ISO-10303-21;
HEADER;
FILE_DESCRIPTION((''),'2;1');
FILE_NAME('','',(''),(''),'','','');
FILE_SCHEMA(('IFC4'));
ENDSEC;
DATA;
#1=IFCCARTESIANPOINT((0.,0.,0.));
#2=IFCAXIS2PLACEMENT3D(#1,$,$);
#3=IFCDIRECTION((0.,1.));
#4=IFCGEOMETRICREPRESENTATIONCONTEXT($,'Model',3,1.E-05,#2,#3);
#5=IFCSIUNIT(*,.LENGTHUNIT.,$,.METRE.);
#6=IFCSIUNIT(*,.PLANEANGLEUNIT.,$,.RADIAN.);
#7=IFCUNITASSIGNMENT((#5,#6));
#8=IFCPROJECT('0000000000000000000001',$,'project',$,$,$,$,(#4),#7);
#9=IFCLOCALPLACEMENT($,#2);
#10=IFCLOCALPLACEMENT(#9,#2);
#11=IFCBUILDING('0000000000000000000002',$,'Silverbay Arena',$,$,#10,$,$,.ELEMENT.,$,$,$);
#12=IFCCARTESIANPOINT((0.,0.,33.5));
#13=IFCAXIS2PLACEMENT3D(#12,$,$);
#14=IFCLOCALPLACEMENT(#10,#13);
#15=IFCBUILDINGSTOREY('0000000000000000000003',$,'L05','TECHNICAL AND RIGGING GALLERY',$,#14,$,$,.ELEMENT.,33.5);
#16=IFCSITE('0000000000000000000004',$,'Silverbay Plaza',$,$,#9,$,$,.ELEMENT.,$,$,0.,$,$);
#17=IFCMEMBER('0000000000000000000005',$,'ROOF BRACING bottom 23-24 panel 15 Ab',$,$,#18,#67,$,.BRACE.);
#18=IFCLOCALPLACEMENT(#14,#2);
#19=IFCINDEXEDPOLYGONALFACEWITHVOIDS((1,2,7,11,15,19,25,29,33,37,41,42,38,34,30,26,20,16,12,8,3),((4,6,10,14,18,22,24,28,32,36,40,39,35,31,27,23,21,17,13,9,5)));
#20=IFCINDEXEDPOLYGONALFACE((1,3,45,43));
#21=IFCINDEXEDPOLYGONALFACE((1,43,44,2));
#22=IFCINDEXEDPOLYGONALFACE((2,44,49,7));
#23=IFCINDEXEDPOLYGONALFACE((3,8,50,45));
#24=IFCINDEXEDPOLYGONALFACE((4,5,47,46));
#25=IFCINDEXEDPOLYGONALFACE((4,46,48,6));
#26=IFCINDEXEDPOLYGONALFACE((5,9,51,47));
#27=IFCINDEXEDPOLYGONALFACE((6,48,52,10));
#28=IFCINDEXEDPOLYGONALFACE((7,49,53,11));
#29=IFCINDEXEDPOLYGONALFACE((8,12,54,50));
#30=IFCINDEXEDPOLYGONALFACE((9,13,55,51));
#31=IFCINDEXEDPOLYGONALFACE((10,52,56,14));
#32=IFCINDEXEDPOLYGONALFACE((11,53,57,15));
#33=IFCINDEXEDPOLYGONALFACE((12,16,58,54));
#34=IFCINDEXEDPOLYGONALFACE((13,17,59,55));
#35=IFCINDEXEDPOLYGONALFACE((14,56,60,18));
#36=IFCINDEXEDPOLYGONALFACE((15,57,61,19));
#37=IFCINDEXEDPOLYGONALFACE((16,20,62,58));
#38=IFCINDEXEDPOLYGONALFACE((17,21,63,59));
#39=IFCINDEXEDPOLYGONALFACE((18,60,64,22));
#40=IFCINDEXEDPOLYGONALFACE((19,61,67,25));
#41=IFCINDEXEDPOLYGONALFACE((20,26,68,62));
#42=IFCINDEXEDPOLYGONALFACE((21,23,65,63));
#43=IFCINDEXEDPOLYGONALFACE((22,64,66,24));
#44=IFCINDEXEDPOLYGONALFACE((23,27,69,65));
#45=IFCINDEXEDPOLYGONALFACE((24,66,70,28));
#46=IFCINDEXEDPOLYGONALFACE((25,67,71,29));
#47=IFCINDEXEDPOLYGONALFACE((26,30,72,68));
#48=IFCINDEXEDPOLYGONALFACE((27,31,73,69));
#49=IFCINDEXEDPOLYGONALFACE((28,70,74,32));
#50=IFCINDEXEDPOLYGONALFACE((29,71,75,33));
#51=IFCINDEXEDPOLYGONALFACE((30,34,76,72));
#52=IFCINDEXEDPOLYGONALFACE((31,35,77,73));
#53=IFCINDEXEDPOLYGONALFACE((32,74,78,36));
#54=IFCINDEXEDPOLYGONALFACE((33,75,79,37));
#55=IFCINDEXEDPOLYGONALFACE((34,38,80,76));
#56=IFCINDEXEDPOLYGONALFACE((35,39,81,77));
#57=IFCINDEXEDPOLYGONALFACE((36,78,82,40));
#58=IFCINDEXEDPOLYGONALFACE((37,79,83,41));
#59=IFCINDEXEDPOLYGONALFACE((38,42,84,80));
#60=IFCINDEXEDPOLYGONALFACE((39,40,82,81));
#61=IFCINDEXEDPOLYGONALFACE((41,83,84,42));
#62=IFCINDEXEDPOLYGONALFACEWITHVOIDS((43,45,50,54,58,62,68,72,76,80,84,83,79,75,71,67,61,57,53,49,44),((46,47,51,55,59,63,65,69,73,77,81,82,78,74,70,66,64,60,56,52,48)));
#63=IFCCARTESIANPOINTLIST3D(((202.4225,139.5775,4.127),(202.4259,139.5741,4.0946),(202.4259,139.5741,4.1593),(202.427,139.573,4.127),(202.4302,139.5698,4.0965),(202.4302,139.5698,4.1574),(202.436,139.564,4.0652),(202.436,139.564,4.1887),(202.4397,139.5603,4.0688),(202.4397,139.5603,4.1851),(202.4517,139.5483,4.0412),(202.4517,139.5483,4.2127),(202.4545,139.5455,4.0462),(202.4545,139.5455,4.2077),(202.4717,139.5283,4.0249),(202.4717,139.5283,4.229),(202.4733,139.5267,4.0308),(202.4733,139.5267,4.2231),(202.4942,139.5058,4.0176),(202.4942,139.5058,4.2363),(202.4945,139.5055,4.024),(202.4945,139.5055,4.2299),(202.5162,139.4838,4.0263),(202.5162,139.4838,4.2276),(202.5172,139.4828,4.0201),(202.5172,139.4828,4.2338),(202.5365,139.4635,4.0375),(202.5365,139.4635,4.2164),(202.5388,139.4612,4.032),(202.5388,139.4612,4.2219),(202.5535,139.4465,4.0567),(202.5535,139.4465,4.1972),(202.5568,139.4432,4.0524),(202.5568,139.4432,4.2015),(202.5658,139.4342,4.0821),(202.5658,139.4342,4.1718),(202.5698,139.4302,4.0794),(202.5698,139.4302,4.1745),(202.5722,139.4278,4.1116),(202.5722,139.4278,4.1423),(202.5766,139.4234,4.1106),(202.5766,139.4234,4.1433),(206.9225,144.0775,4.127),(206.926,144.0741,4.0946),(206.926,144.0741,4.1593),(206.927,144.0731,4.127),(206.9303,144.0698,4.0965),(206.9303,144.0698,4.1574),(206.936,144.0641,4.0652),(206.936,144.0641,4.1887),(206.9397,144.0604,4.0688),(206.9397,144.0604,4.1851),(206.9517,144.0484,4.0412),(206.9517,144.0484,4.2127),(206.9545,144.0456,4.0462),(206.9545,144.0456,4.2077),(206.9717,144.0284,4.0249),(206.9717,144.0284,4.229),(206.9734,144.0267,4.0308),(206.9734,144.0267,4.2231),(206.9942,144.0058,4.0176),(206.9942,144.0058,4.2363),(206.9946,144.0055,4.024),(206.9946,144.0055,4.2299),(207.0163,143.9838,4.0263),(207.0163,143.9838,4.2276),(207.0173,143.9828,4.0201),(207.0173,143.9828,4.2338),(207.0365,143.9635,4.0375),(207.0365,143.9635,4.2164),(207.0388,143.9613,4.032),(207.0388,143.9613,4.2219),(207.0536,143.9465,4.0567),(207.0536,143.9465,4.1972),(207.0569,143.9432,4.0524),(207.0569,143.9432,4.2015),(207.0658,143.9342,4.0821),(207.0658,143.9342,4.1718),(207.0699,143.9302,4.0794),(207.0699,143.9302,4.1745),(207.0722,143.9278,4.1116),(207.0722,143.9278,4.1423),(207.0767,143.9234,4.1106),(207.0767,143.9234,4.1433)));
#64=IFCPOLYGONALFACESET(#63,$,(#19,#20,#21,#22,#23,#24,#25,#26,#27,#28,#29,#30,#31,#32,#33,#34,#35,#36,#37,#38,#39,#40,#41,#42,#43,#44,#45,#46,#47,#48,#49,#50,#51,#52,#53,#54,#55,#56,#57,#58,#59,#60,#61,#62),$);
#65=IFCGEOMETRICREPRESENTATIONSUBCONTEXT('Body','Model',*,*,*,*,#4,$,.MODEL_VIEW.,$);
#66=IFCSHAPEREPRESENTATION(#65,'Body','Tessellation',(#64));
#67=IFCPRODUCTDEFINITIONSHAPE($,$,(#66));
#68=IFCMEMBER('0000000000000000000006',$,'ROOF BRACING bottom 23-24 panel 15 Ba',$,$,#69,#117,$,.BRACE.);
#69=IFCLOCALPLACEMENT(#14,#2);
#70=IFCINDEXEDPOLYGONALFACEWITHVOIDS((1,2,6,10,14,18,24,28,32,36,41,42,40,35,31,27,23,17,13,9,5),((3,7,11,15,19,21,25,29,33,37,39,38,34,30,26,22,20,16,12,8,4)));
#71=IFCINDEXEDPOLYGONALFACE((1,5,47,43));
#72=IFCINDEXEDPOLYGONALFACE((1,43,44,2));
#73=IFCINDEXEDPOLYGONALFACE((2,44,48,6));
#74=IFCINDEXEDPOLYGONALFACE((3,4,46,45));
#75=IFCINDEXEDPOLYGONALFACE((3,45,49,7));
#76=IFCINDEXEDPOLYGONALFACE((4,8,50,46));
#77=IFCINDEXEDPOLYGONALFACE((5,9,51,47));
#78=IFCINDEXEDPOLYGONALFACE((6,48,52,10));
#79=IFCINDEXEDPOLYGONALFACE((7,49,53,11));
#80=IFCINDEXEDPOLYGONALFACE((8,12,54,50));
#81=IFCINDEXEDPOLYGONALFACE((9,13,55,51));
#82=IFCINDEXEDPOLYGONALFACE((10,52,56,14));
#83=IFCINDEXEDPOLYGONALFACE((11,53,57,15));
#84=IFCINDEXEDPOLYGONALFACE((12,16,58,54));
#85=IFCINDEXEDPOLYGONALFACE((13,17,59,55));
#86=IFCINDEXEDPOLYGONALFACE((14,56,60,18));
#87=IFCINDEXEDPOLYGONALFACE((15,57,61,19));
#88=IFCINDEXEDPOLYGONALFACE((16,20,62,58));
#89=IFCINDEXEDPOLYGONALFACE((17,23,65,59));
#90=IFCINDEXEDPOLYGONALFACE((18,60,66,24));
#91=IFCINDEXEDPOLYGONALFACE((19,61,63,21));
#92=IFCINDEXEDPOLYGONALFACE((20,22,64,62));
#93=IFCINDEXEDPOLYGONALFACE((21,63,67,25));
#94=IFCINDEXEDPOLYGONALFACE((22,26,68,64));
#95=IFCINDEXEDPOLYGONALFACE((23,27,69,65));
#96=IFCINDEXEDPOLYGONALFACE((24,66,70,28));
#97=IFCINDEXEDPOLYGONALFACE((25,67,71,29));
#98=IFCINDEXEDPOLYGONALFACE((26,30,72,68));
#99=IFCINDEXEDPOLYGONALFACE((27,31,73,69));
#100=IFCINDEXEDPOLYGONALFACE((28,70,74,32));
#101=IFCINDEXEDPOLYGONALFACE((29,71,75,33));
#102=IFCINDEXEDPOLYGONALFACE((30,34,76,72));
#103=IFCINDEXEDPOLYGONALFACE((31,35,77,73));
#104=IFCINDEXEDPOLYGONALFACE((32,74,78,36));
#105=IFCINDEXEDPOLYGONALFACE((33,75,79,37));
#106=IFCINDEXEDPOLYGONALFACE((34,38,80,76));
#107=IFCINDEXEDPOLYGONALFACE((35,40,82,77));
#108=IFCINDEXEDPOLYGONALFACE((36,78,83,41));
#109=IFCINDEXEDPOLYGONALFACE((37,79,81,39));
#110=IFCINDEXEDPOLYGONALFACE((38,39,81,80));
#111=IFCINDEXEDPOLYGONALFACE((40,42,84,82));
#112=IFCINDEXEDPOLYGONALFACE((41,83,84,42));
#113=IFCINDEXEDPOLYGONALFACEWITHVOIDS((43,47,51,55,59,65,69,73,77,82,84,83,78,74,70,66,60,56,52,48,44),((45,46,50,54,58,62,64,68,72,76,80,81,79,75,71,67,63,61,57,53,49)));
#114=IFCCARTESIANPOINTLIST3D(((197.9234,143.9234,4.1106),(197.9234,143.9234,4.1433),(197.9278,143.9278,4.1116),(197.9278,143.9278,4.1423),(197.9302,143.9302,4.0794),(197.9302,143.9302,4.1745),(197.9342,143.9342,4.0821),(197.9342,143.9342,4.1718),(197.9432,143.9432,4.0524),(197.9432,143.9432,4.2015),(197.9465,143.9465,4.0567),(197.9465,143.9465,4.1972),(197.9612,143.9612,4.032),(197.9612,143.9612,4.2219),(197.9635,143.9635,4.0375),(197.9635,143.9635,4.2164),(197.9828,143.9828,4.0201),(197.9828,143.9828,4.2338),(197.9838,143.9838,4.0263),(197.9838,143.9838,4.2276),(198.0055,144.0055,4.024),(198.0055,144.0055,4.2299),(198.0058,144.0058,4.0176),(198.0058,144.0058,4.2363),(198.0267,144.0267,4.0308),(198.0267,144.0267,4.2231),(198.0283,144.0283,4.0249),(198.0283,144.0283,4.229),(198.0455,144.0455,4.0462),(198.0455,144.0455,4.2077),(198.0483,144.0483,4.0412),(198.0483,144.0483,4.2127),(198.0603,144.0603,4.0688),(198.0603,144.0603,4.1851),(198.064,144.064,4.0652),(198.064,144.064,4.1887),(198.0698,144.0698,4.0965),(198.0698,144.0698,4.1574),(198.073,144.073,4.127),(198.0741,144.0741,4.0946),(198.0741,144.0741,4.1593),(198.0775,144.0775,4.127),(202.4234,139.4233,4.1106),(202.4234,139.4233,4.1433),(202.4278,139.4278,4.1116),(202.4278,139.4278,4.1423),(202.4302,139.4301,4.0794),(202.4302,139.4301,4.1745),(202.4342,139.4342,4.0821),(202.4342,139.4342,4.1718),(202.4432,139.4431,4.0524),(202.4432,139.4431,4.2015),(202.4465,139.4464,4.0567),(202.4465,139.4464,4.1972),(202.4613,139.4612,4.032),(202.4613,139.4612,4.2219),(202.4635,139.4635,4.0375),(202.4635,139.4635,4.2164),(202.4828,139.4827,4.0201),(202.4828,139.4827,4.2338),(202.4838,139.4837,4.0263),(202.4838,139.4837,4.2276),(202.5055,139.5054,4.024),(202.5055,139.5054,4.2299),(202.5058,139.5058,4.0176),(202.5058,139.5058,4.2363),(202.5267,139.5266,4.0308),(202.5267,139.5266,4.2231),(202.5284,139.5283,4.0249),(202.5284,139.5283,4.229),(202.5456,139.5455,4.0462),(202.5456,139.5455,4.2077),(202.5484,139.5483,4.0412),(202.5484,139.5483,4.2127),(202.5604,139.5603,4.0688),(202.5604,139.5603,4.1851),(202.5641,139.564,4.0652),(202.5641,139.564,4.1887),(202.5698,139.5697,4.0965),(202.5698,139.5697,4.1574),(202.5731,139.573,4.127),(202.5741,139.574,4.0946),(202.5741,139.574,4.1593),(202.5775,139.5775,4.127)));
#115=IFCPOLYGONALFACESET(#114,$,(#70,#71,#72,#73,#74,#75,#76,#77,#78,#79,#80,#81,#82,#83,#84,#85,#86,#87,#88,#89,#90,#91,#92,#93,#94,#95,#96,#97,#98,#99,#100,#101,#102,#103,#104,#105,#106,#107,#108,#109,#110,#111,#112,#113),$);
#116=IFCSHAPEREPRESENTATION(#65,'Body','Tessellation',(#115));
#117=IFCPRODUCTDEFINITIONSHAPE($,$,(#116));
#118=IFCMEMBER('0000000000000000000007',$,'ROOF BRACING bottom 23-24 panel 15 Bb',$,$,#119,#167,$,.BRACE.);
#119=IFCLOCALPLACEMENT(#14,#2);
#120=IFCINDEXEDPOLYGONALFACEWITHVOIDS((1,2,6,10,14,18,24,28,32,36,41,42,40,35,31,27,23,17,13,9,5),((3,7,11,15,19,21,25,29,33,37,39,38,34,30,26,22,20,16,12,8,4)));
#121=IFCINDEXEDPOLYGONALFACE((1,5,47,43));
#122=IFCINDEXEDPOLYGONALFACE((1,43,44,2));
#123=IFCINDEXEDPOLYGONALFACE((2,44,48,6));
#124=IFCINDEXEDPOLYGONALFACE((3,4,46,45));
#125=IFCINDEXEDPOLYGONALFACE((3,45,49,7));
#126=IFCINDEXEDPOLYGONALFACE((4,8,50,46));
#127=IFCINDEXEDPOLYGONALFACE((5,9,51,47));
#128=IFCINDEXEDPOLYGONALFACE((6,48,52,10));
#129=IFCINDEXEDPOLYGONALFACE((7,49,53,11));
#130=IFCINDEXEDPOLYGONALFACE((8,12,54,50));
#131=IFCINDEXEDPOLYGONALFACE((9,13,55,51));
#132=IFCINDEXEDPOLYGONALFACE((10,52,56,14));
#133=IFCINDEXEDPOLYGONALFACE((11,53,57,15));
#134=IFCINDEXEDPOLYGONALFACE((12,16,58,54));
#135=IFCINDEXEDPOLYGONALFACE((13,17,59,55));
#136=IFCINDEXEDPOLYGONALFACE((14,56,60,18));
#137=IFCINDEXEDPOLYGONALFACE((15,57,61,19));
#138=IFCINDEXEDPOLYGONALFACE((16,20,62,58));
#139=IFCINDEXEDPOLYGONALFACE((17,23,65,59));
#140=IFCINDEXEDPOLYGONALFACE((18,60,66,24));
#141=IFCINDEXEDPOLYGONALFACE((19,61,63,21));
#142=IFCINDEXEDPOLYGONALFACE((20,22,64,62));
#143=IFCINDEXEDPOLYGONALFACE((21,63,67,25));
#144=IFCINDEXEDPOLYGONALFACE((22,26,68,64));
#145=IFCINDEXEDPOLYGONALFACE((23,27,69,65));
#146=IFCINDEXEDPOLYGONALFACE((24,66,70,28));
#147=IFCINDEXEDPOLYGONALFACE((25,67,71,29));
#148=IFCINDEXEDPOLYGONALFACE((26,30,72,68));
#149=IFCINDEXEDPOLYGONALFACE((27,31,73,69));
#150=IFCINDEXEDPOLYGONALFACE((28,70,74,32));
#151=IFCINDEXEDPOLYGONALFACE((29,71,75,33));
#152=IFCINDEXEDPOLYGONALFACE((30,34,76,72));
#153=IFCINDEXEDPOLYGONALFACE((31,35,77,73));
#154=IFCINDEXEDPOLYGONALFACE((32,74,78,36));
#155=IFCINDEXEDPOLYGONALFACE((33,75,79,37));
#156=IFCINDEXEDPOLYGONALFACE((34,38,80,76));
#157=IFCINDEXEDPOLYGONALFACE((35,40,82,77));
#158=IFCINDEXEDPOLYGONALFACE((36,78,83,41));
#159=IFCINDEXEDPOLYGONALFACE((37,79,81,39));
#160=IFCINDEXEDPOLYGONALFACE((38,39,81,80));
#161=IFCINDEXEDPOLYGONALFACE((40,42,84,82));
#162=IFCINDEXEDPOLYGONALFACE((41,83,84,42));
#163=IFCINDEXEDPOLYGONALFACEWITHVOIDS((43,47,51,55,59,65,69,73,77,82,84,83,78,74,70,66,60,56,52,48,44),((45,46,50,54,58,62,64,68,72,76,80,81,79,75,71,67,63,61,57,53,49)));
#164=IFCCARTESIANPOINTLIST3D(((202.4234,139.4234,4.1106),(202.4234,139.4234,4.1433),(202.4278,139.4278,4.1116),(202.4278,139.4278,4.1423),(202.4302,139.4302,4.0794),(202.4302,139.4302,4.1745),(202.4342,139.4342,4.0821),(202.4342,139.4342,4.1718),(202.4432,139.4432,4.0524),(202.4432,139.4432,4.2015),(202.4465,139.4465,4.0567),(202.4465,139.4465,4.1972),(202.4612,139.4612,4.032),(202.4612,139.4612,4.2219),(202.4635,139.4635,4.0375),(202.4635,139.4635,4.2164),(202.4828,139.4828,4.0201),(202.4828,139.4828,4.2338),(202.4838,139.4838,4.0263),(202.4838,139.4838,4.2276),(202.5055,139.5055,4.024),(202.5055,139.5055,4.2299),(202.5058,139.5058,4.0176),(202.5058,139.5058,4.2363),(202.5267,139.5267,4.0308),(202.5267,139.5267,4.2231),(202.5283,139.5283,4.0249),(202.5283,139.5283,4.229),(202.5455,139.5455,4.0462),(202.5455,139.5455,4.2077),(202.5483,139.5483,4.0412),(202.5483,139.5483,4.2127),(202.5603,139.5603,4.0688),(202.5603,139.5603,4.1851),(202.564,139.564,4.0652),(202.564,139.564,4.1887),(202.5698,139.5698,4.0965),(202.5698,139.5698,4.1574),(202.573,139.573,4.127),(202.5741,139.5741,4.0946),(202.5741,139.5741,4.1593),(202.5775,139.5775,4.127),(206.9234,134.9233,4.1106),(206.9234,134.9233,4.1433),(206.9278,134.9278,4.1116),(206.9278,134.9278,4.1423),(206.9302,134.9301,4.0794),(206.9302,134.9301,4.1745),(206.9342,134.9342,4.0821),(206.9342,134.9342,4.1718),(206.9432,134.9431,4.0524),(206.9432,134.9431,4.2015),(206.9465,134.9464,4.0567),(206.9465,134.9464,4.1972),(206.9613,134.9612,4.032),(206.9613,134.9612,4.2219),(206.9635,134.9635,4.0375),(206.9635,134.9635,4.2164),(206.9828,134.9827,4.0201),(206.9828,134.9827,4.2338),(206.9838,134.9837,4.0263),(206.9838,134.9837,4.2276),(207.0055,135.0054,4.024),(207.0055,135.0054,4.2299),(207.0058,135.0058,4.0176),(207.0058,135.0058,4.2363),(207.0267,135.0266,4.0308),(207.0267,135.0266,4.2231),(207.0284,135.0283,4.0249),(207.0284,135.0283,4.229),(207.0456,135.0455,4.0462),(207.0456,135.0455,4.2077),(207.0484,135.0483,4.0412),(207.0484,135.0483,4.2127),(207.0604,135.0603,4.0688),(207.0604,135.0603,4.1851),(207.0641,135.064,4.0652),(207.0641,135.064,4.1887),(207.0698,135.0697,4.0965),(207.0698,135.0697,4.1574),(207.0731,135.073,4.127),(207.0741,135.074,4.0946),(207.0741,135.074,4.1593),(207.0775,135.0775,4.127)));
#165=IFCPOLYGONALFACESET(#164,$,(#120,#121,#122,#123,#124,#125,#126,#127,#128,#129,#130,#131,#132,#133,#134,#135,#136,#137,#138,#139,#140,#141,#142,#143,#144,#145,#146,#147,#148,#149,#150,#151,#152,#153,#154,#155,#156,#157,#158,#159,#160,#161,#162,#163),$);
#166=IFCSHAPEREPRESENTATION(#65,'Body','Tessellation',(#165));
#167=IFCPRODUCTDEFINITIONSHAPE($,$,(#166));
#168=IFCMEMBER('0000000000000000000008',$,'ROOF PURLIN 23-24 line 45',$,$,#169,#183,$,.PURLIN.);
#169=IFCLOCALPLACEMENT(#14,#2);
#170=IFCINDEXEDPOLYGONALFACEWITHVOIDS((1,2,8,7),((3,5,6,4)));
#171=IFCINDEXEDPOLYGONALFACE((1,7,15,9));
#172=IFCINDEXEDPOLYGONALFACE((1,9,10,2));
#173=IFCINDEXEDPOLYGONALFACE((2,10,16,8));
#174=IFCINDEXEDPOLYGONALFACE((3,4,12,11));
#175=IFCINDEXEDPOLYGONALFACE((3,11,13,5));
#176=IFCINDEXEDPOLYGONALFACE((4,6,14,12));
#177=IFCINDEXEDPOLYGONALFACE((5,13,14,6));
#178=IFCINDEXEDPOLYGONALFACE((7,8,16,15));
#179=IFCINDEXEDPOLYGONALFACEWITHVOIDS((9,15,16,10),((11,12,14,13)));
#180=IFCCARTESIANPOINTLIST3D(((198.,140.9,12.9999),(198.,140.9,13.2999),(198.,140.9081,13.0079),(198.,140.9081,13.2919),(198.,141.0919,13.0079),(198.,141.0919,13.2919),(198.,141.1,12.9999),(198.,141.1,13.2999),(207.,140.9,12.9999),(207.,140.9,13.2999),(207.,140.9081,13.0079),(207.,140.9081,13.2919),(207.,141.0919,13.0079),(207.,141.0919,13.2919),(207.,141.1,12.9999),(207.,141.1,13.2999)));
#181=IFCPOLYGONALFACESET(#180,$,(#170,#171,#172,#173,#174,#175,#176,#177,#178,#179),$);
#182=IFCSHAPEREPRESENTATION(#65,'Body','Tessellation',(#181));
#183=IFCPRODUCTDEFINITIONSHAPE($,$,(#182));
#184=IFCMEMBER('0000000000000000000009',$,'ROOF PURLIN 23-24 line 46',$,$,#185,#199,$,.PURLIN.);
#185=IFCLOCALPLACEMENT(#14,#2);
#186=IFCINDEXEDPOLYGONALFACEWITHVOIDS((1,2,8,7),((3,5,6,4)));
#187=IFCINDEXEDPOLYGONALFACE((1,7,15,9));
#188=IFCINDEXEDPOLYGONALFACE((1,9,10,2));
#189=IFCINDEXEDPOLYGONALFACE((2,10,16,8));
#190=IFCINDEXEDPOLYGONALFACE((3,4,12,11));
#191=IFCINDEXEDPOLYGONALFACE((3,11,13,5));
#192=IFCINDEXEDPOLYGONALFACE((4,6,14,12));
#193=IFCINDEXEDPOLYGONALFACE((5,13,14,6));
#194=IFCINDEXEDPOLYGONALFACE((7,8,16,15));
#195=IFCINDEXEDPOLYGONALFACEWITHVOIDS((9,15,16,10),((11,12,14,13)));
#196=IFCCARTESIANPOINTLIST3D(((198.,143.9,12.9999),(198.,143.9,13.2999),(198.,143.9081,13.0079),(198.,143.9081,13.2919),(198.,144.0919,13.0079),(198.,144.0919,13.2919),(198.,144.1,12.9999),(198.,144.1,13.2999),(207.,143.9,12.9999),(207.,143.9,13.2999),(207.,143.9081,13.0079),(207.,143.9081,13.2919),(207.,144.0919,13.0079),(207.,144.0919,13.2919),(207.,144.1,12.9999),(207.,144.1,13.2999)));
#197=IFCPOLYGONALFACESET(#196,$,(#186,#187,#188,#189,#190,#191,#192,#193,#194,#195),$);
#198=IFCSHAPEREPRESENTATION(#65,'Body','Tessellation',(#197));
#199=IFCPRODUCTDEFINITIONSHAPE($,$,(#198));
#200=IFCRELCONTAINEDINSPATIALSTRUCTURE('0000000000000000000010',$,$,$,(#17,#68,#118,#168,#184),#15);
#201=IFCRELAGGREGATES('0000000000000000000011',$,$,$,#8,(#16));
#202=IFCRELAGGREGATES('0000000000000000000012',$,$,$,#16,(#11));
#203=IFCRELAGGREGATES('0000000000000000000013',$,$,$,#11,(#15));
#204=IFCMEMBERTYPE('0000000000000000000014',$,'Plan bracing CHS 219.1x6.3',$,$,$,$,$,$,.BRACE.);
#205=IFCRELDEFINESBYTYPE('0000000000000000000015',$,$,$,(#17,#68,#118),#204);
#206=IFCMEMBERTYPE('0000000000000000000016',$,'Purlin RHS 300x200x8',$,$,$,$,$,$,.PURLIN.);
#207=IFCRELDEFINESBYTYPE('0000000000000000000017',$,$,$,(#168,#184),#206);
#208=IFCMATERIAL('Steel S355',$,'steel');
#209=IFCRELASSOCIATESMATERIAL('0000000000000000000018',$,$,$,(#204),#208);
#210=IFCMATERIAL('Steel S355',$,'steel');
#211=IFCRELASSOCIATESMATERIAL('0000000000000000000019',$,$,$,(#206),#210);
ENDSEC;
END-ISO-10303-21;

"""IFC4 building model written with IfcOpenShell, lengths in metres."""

from ifc_helpers import new_model, si_unit, direction, frame, origin, origin_2d, place, context, subcontext, project, spatial, hollow_rectangle, hollow_circle, extrude, material, material_profile, profile_set, type_object, element, save


model = new_model("IFC4")

# Units and contexts
model_context = context("Model", 3, precision=1e-05, world=origin(), true_north=direction((0.0, 1.0)))
body_context = subcontext(model_context, "Body", "Model", "MODEL_VIEW")
ifc_project = project(units=[si_unit("LENGTHUNIT", "METRE"), si_unit("PLANEANGLEUNIT", "RADIAN")], contexts=[model_context])

# Site, building, storey
site_placement = place(None, origin())
site = spatial("IfcSite", under=ifc_project, at=site_placement, Name="Silverbay Plaza", CompositionType="ELEMENT", RefElevation=0.0)
building_placement = place(site_placement, origin())
building = spatial("IfcBuilding", under=site, at=building_placement, Name="Silverbay Arena", CompositionType="ELEMENT")
storey_placement = place(building_placement, frame((0.0, 0.0, 33.5)))
storey = spatial("IfcBuildingStorey", under=building, at=storey_placement, Name="L05", Description="TECHNICAL AND RIGGING GALLERY", CompositionType="ELEMENT", Elevation=33.5)

# Members
ifc_material_1 = material(Name="Steel S355", Category="steel")
ifc_material_profile_1 = material_profile(ifc_material_1, hollow_circle(Radius=0.1096, WallThickness=0.0063, at=origin_2d()), Name="CHS 219.1x6.3")
ifc_profile_set_1 = profile_set([ifc_material_profile_1], Name="Steel S355")
member_type_1 = type_object("IfcMemberType", Name="Plan bracing CHS 219.1x6.3", PredefinedType="BRACE", material=ifc_profile_set_1)
for number, where, z_axis, x_axis, name in (
    (1, (202.5, 139.5, 4.127), (0.707107, 0.707107, 0.0), (-0.707107, 0.707107, 0.0), "ROOF BRACING bottom 23-24 panel 15 Ab"),
    (2, (198.0, 144.0, 4.127), (0.707107, -0.707107, 0.0), (0.707107, 0.707107, 0.0), "ROOF BRACING bottom 23-24 panel 15 Ba"),
    (3, (202.5, 139.5, 4.127), (0.707107, -0.707107, 0.0), (0.707107, 0.707107, 0.0), "ROOF BRACING bottom 23-24 panel 15 Bb"),
):
    element("IfcMember", number, at=place(storey_placement, frame(where, z_axis=z_axis, x_axis=x_axis)), inside=storey, type_object=member_type_1, Name=name, PredefinedType="BRACE", context=body_context, shape_type="SweptSolid", body=[
        extrude(hollow_circle(Radius=0.1096, WallThickness=0.0063, at=origin_2d()), origin(), (0.0, 0.0, 1.0), 6.364),
    ])
ifc_material_2 = material(Name="Steel S355", Category="steel")
ifc_material_profile_2 = material_profile(ifc_material_2, hollow_rectangle(XDim=0.2, YDim=0.3, WallThickness=0.0081, at=origin_2d()), Name="RHS 300x200x8")
ifc_profile_set_2 = profile_set([ifc_material_profile_2], Name="Steel S355")
member_type_2 = type_object("IfcMemberType", Name="Purlin RHS 300x200x8", PredefinedType="PURLIN", material=ifc_profile_set_2)
for number, where, z_axis, x_axis, name in (
    (4, (198.0, 141.0, 13.1499), (1.0, 0.0, 0.0), (0.0, 1.0, 0.0), "ROOF PURLIN 23-24 line 45"),
    (5, (198.0, 144.0, 13.1499), (1.0, 0.0, 0.0), (0.0, 1.0, 0.0), "ROOF PURLIN 23-24 line 46"),
):
    element("IfcMember", number, at=place(storey_placement, frame(where, z_axis=z_axis, x_axis=x_axis)), inside=storey, type_object=member_type_2, Name=name, PredefinedType="PURLIN", context=body_context, shape_type="SweptSolid", body=[
        extrude(hollow_rectangle(XDim=0.2, YDim=0.3, WallThickness=0.0081, at=origin_2d()), origin(), (0.0, 0.0, 1.0), 9.0),
    ])

save(model, "model.ifc")
